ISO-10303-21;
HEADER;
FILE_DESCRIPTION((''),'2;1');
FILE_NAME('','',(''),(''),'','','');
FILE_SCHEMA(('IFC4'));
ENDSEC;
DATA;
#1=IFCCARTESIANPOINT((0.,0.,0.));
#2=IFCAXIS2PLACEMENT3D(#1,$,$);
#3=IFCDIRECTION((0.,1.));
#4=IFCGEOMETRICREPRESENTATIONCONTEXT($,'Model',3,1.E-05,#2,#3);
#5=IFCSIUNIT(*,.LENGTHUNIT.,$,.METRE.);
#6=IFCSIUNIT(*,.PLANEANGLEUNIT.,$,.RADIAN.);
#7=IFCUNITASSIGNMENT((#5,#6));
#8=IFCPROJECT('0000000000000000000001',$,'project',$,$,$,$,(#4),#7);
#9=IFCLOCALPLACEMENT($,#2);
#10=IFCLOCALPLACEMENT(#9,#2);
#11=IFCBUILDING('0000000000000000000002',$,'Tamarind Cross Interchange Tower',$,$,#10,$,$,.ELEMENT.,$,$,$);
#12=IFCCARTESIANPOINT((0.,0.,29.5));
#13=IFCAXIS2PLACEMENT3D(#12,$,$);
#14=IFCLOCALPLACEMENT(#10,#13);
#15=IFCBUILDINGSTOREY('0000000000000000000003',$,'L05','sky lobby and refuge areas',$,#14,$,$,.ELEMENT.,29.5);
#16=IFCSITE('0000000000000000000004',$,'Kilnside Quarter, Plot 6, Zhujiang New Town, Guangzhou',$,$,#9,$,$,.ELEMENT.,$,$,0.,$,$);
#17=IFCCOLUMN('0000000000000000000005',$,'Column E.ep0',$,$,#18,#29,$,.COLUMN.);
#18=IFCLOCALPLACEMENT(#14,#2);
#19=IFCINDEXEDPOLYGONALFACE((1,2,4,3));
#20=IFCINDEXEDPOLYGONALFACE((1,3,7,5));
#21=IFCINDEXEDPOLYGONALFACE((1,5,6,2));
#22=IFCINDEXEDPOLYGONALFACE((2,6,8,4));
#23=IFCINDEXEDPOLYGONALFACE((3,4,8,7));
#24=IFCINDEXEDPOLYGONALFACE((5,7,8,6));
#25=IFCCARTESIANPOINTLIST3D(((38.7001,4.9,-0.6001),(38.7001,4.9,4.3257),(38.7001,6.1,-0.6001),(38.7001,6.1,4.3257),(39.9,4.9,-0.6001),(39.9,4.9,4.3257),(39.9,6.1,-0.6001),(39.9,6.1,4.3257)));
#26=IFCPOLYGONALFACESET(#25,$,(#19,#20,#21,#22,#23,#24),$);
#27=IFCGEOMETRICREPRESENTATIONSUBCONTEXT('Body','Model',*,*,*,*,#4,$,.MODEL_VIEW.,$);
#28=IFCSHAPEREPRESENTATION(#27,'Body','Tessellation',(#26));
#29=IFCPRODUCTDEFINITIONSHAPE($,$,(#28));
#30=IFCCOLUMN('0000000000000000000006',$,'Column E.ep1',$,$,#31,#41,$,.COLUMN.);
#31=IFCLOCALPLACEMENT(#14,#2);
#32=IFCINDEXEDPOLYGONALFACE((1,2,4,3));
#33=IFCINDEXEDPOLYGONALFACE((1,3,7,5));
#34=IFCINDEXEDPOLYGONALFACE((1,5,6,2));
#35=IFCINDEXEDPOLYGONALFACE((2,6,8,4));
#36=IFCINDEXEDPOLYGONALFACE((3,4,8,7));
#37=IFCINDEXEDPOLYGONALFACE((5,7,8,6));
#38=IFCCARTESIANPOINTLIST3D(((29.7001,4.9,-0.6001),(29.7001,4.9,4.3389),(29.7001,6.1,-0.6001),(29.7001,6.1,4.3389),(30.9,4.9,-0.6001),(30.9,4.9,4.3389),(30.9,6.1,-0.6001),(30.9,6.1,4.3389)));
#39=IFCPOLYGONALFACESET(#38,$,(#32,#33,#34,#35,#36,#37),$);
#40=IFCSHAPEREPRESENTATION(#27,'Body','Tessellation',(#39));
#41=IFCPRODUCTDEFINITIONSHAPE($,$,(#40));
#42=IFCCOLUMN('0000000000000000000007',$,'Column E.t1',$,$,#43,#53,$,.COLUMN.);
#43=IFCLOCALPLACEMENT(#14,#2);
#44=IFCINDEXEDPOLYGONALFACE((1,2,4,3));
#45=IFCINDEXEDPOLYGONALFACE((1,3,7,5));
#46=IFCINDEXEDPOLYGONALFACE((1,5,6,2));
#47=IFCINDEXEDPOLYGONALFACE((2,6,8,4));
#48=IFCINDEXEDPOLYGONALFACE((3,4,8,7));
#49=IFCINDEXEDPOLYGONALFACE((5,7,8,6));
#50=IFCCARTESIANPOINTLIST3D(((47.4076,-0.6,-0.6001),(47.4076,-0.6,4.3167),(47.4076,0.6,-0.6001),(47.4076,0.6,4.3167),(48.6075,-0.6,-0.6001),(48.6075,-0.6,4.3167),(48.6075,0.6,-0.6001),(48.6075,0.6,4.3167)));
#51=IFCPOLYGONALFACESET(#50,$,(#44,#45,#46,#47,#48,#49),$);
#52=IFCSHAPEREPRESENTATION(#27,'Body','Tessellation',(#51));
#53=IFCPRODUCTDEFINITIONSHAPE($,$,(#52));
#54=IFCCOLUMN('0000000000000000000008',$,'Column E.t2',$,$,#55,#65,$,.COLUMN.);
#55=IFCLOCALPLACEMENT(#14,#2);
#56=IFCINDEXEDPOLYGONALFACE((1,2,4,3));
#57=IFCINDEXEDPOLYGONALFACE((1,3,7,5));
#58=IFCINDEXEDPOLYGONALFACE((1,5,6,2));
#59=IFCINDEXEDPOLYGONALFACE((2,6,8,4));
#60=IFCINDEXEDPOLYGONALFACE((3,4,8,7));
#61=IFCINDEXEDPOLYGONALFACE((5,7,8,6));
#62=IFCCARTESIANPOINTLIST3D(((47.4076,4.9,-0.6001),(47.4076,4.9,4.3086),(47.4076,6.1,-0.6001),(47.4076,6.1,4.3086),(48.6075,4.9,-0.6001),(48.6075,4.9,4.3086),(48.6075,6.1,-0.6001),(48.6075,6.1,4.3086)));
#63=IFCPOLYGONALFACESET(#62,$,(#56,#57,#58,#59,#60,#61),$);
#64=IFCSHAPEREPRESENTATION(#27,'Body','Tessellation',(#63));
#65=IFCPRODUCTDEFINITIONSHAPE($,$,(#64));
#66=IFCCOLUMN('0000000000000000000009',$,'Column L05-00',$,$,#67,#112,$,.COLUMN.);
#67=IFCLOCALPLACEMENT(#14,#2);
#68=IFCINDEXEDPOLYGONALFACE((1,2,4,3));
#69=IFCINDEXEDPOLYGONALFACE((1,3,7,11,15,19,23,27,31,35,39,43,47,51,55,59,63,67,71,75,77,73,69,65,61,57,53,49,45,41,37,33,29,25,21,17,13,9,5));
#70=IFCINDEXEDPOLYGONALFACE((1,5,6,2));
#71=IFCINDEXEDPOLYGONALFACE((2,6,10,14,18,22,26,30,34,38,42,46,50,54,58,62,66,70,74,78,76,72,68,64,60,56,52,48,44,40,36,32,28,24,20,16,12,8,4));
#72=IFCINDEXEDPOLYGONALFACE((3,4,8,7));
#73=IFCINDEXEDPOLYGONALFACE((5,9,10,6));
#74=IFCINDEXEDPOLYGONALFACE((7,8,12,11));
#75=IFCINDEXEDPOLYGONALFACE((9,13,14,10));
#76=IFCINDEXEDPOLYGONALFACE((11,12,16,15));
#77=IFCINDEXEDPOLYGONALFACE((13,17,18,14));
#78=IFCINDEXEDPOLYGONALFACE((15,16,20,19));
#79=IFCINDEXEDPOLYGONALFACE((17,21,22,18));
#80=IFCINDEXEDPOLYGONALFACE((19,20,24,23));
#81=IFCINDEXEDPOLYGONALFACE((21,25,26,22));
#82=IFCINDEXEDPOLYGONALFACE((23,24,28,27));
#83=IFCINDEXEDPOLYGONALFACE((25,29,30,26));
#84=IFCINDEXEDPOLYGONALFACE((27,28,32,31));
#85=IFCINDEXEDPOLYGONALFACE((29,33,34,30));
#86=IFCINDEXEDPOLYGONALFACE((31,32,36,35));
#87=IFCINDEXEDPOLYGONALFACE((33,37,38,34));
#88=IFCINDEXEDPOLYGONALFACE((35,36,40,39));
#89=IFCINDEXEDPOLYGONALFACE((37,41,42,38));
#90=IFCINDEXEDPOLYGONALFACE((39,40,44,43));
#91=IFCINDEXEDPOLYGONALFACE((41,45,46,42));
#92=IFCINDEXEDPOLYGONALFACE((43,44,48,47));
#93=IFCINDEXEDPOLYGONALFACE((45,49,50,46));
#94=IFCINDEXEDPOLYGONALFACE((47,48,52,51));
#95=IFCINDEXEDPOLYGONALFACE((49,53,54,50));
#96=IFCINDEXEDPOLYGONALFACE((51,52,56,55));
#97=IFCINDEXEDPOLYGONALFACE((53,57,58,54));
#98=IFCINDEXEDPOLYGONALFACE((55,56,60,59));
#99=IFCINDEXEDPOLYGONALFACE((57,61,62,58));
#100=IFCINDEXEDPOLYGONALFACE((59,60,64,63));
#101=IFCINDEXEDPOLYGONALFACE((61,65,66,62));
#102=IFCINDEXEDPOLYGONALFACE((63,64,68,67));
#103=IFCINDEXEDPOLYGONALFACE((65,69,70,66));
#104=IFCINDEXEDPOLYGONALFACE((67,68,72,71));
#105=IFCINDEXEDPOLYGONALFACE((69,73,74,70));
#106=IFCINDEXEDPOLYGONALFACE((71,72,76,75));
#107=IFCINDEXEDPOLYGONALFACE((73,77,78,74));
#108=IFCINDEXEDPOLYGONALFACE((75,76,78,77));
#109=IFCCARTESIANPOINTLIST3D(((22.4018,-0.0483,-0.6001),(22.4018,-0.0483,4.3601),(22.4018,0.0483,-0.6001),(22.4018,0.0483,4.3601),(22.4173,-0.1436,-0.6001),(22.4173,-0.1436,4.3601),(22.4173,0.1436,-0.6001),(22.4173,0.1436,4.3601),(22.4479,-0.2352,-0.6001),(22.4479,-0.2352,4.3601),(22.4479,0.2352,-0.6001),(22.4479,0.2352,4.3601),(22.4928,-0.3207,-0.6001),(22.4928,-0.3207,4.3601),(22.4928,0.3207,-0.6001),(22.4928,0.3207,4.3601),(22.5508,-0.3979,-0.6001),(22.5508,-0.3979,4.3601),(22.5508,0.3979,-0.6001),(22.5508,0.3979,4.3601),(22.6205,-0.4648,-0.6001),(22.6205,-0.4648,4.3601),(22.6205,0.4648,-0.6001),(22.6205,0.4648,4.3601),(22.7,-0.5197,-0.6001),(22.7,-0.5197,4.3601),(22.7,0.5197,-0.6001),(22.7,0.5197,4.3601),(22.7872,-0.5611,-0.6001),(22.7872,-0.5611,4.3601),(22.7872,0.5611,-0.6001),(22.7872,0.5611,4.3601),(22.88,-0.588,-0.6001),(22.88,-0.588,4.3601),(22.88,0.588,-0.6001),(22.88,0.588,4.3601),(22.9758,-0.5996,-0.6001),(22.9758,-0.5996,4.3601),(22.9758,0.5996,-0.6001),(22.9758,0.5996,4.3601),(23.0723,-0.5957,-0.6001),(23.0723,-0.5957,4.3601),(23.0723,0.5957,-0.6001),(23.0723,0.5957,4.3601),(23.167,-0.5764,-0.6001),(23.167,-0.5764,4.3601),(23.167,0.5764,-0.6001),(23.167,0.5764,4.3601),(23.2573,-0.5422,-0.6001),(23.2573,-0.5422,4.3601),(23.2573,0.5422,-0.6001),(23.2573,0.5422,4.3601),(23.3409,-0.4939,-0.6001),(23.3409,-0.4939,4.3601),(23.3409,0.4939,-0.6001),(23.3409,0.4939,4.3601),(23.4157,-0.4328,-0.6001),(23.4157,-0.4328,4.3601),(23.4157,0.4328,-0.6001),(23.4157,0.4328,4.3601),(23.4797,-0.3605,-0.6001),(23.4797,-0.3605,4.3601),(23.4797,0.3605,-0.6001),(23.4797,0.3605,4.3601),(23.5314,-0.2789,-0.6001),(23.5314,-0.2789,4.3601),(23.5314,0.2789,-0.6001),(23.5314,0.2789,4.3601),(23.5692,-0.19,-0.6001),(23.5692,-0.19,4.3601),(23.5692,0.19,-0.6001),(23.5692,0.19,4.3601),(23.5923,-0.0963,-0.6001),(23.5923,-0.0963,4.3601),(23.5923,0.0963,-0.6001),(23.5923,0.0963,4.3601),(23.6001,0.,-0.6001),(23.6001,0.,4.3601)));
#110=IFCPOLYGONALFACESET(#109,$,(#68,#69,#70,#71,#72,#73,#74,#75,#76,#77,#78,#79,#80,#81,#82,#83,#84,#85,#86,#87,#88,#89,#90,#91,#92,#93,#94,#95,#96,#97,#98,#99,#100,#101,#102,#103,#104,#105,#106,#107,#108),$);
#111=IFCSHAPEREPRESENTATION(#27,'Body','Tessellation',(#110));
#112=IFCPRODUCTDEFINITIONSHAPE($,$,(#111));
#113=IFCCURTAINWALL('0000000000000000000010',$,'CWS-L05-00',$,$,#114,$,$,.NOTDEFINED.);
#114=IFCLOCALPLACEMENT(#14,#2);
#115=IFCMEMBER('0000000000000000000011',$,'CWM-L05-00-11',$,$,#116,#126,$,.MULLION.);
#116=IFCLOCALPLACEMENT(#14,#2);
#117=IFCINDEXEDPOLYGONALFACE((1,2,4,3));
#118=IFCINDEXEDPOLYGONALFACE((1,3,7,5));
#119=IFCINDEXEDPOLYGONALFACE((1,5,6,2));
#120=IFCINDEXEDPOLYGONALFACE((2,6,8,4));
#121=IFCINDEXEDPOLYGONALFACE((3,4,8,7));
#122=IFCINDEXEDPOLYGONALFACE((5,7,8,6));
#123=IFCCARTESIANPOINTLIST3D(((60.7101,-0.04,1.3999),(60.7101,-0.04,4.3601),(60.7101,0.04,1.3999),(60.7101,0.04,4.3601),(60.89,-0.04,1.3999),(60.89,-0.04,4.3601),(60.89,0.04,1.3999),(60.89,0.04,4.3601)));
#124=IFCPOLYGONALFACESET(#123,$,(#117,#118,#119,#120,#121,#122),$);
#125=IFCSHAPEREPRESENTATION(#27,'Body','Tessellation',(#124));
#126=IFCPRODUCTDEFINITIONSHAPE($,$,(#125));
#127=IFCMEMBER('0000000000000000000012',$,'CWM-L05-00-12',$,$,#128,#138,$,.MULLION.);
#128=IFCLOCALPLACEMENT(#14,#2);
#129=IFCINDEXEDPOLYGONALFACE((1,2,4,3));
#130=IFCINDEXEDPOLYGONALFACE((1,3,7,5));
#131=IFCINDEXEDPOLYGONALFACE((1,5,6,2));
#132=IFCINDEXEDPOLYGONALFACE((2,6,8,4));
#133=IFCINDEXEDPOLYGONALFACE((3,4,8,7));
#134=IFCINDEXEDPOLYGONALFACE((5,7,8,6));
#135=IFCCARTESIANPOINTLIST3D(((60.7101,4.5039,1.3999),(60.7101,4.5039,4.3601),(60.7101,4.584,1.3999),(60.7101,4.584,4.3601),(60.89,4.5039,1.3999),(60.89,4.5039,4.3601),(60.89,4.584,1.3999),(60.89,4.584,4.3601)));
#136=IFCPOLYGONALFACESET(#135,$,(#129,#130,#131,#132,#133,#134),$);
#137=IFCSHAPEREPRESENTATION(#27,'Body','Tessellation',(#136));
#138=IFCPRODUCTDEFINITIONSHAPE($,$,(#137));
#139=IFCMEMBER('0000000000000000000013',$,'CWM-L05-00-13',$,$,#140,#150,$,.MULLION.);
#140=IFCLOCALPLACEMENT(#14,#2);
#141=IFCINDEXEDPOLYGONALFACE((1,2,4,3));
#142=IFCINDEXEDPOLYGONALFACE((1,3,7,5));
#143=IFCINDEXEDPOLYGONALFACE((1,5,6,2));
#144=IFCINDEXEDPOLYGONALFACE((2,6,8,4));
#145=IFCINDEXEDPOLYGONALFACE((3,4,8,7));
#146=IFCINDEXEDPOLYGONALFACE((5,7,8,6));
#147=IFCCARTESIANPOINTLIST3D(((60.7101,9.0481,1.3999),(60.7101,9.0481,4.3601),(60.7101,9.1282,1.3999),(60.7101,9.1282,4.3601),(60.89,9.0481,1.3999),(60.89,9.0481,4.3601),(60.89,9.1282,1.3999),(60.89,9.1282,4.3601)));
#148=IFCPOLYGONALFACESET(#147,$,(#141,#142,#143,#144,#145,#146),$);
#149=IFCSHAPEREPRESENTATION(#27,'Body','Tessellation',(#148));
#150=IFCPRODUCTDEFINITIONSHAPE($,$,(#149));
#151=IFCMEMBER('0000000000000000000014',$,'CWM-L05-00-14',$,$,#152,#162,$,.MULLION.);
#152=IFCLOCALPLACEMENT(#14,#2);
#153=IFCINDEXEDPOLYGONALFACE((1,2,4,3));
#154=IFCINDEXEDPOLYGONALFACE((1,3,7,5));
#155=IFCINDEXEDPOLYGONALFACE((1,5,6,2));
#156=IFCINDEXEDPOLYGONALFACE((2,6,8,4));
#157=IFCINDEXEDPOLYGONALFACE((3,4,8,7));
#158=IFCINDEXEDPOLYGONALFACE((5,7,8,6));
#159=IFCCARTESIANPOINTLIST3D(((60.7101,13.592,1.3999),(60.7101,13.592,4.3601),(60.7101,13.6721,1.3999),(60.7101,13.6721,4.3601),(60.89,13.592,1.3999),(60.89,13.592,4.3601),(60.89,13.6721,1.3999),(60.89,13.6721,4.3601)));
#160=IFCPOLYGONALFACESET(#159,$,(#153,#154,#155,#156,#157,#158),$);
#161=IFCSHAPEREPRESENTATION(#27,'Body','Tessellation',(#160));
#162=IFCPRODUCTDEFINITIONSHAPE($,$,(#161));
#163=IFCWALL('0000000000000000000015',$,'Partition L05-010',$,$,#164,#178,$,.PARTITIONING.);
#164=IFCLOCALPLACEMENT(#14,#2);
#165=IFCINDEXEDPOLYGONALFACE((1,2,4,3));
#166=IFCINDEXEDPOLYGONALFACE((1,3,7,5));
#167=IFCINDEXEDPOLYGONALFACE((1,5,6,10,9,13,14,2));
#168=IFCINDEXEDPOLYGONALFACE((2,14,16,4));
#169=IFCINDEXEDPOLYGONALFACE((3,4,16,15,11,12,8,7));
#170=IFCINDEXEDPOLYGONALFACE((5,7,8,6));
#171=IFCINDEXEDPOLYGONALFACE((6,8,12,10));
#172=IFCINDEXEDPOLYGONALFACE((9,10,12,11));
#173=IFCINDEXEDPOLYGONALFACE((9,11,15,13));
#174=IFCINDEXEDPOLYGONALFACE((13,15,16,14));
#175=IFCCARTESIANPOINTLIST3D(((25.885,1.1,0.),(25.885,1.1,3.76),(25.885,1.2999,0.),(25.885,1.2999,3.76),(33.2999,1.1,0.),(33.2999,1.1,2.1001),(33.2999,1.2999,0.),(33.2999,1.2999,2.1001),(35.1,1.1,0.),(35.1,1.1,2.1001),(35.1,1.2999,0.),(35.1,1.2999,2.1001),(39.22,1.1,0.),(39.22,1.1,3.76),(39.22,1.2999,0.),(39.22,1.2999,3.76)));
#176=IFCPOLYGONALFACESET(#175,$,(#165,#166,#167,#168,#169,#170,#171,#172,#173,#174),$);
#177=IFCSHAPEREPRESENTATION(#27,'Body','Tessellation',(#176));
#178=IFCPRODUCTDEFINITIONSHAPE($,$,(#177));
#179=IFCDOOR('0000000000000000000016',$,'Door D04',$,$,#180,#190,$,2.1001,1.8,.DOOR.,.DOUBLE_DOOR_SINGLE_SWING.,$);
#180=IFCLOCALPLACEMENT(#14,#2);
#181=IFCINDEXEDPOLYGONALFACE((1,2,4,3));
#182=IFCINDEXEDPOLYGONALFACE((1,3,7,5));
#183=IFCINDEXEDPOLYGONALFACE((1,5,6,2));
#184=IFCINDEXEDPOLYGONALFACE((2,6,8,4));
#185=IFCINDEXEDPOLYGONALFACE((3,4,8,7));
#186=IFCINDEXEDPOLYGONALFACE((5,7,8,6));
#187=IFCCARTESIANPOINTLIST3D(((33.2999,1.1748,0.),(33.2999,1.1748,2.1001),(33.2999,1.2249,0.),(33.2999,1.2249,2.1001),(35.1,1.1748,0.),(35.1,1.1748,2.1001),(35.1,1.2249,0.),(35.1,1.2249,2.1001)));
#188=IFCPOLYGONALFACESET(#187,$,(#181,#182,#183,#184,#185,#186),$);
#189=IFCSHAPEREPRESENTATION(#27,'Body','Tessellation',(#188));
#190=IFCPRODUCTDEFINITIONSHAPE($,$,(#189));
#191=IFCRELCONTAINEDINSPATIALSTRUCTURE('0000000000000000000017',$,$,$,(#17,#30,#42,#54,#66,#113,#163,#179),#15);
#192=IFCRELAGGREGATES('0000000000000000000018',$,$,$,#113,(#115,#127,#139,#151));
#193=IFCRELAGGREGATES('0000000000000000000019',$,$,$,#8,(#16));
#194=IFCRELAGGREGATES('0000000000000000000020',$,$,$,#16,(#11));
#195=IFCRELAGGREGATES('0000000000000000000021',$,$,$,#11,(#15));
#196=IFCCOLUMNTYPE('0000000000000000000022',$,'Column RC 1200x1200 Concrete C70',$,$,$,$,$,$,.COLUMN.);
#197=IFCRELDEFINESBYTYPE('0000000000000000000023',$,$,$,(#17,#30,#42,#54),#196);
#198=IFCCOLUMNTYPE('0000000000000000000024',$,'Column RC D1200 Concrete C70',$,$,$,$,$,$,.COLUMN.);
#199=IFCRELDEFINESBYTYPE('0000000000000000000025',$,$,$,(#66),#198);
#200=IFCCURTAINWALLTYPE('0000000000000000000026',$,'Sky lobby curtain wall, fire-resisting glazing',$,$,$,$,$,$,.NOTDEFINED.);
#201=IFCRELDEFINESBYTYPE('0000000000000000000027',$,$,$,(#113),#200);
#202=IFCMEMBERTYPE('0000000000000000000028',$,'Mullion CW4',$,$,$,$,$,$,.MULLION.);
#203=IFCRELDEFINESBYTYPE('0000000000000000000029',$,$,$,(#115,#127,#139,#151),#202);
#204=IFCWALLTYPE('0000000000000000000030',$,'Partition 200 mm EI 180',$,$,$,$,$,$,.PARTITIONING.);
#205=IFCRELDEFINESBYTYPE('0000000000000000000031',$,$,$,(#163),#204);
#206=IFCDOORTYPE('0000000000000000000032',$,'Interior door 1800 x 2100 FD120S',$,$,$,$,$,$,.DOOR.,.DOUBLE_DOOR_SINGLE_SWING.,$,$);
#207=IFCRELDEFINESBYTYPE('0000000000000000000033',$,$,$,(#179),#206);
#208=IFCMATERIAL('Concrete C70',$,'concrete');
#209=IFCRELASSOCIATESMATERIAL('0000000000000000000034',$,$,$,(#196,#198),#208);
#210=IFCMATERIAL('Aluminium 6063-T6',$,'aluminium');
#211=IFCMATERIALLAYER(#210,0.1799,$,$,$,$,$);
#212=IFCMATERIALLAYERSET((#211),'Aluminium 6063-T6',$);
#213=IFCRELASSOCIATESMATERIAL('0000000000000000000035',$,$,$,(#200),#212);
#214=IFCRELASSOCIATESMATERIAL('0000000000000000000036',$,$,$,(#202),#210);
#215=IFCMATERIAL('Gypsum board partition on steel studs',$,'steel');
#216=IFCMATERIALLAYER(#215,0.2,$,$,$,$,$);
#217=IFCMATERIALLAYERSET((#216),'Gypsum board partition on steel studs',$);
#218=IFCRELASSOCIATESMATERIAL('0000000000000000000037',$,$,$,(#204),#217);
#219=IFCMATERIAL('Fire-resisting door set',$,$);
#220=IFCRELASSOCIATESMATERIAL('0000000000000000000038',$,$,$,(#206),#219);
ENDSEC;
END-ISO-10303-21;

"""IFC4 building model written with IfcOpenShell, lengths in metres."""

from ifc_helpers import new_model, si_unit, direction, frame, frame_2d, origin, origin_2d, place, context, subcontext, project, spatial, rectangle, circle, extrude, material, layer, layer_set, material_profile, profile_set, type_object, element, fill, aggregate, save


model = new_model("IFC4")

# Units and contexts
model_context = context("Model", 3, precision=1e-05, world=origin(), true_north=direction((0.0, 1.0)))
body_context = subcontext(model_context, "Body", "Model", "MODEL_VIEW")
ifc_project = project(units=[si_unit("LENGTHUNIT", "METRE"), si_unit("PLANEANGLEUNIT", "RADIAN")], contexts=[model_context])

# Site, building, storey
site_placement = place(None, origin())
site = spatial("IfcSite", under=ifc_project, at=site_placement, Name="Kilnside Quarter, Plot 6, Zhujiang New Town, Guangzhou", CompositionType="ELEMENT", RefElevation=0.0)
building_placement = place(site_placement, origin())
building = spatial("IfcBuilding", under=site, at=building_placement, Name="Tamarind Cross Interchange Tower", CompositionType="ELEMENT")
storey_placement = place(building_placement, frame((0.0, 0.0, 29.5)))
storey = spatial("IfcBuildingStorey", under=building, at=storey_placement, Name="L05", Description="sky lobby and refuge areas", CompositionType="ELEMENT", Elevation=29.5)

# Columns
ifc_material_1 = material(Name="Concrete C70", Category="concrete")
ifc_material_profile_1 = material_profile(ifc_material_1, rectangle(XDim=1.2, YDim=1.2, at=origin_2d()), Name="RC 1200x1200")
ifc_profile_set_1 = profile_set([ifc_material_profile_1], Name="Concrete C70")
column_type_1 = type_object("IfcColumnType", Name="Column RC 1200x1200 Concrete C70", PredefinedType="COLUMN", material=ifc_profile_set_1)
column_1_placement = place(storey_placement, frame((39.3, 5.5, -0.6001), z_axis=(0.0, 0.0, 1.0), x_axis=(1.0, 0.0, 0.0)))
element("IfcColumn", 1, at=column_1_placement, inside=storey, type_object=column_type_1, Name="Column E.ep0", PredefinedType="COLUMN", context=body_context, shape_type="SweptSolid", body=[
    extrude(rectangle(XDim=1.2, YDim=1.2, at=origin_2d()), origin(), (0.0, 0.0, 1.0), 4.9258),
])
column_2_placement = place(storey_placement, frame((30.3, 5.5, -0.6001), z_axis=(0.0, 0.0, 1.0), x_axis=(1.0, 0.0, 0.0)))
element("IfcColumn", 2, at=column_2_placement, inside=storey, type_object=column_type_1, Name="Column E.ep1", PredefinedType="COLUMN", context=body_context, shape_type="SweptSolid", body=[
    extrude(rectangle(XDim=1.2, YDim=1.2, at=origin_2d()), origin(), (0.0, 0.0, 1.0), 4.939),
])
column_3_placement = place(storey_placement, frame((48.0076, 0.0, -0.6001), z_axis=(0.0, 0.0, 1.0), x_axis=(1.0, 0.0, 0.0)))
element("IfcColumn", 3, at=column_3_placement, inside=storey, type_object=column_type_1, Name="Column E.t1", PredefinedType="COLUMN", context=body_context, shape_type="SweptSolid", body=[
    extrude(rectangle(XDim=1.2, YDim=1.2, at=origin_2d()), origin(), (0.0, 0.0, 1.0), 4.9167),
])
column_4_placement = place(storey_placement, frame((48.0076, 5.5, -0.6001), z_axis=(0.0, 0.0, 1.0), x_axis=(1.0, 0.0, 0.0)))
element("IfcColumn", 4, at=column_4_placement, inside=storey, type_object=column_type_1, Name="Column E.t2", PredefinedType="COLUMN", context=body_context, shape_type="SweptSolid", body=[
    extrude(rectangle(XDim=1.2, YDim=1.2, at=origin_2d()), origin(), (0.0, 0.0, 1.0), 4.9087),
])
ifc_material_profile_2 = material_profile(ifc_material_1, circle(Radius=0.6001, at=origin_2d()), Name="RC D1200")
ifc_profile_set_2 = profile_set([ifc_material_profile_2], Name="Concrete C70")
column_type_2 = type_object("IfcColumnType", Name="Column RC D1200 Concrete C70", PredefinedType="COLUMN", material=ifc_profile_set_2)
column_5_placement = place(storey_placement, frame((23.0, 0.0, -0.6001), z_axis=(0.0, 0.0, 1.0), x_axis=(1.0, 0.0, 0.0)))
element("IfcColumn", 5, at=column_5_placement, inside=storey, type_object=column_type_2, Name="Column L05-00", PredefinedType="COLUMN", context=body_context, shape_type="SweptSolid", body=[
    extrude(circle(Radius=0.6001, at=origin_2d()), origin(), (0.0, 0.0, 1.0), 4.9602),
])

# Curtain wall, members
ifc_material_2 = material(Name="Aluminium 6063-T6", Category="aluminium")
ifc_layer_1 = layer(ifc_material_2, 0.1799)
ifc_layer_set_1 = layer_set([ifc_layer_1], Name="Aluminium 6063-T6")
curtain_wall_type = type_object("IfcCurtainWallType", Name="Sky lobby curtain wall, fire-resisting glazing", PredefinedType="NOTDEFINED", material=ifc_layer_set_1)
curtain_wall_placement = place(storey_placement, origin())
curtain_wall = element("IfcCurtainWall", 6, at=curtain_wall_placement, inside=storey, type_object=curtain_wall_type, Name="CWS-L05-00", PredefinedType="NOTDEFINED")
ifc_material_profile_3 = material_profile(ifc_material_2, rectangle(XDim=0.0801, YDim=0.1799, at=origin_2d()), Name="Mullion CW4")
ifc_profile_set_3 = profile_set([ifc_material_profile_3], Name="Aluminium 6063-T6")
member_type = type_object("IfcMemberType", Name="Mullion CW4", PredefinedType="MULLION", material=ifc_profile_set_3)
member_1_placement = place(storey_placement, frame((60.8, 0.0, 1.3999), z_axis=(0.0, 0.0, 1.0), x_axis=(0.0, 1.0, 0.0)))
member_1 = element("IfcMember", 7, at=member_1_placement, type_object=member_type, Name="CWM-L05-00-11", PredefinedType="MULLION", context=body_context, shape_type="SweptSolid", body=[
    extrude(rectangle(XDim=0.0801, YDim=0.1799, at=origin_2d()), origin(), (0.0, 0.0, 1.0), 2.9602),
])
member_2_placement = place(storey_placement, frame((60.8, 4.5439, 1.3999), z_axis=(0.0, 0.0, 1.0), x_axis=(0.0, 1.0, 0.0)))
member_2 = element("IfcMember", 8, at=member_2_placement, type_object=member_type, Name="CWM-L05-00-12", PredefinedType="MULLION", context=body_context, shape_type="SweptSolid", body=[
    extrude(rectangle(XDim=0.0801, YDim=0.1799, at=origin_2d()), origin(), (0.0, 0.0, 1.0), 2.9602),
])
member_3_placement = place(storey_placement, frame((60.8, 9.0881, 1.3999), z_axis=(0.0, 0.0, 1.0), x_axis=(0.0, 1.0, 0.0)))
member_3 = element("IfcMember", 9, at=member_3_placement, type_object=member_type, Name="CWM-L05-00-13", PredefinedType="MULLION", context=body_context, shape_type="SweptSolid", body=[
    extrude(rectangle(XDim=0.0801, YDim=0.1799, at=origin_2d()), origin(), (0.0, 0.0, 1.0), 2.9602),
])
member_4_placement = place(storey_placement, frame((60.8, 13.6321, 1.3999), z_axis=(0.0, 0.0, 1.0), x_axis=(0.0, 1.0, 0.0)))
member_4 = element("IfcMember", 10, at=member_4_placement, type_object=member_type, Name="CWM-L05-00-14", PredefinedType="MULLION", context=body_context, shape_type="SweptSolid", body=[
    extrude(rectangle(XDim=0.0801, YDim=0.1799, at=origin_2d()), origin(), (0.0, 0.0, 1.0), 2.9602),
])
aggregate(curtain_wall, [member_1, member_2, member_3, member_4])

# Wall, opening, door
ifc_material_3 = material(Name="Gypsum board partition on steel studs", Category="steel")
ifc_layer_2 = layer(ifc_material_3, 0.2)
ifc_layer_set_2 = layer_set([ifc_layer_2], Name="Gypsum board partition on steel studs")
wall_type_1 = type_object("IfcWallType", Name="Partition 200 mm EI 180", PredefinedType="PARTITIONING", material=ifc_layer_set_2)
wall_1_placement = place(storey_placement, frame((25.885, 1.2, 0.0), z_axis=(0.0, 0.0, 1.0), x_axis=(1.0, 0.0, 0.0)))
wall_1 = element("IfcWall", 11, at=wall_1_placement, inside=storey, type_object=wall_type_1, Name="Partition L05-010", PredefinedType="PARTITIONING", context=body_context, shape_type="SweptSolid", body=[
    extrude(rectangle(XDim=13.335, YDim=0.2, at=frame_2d((6.6675, 0.0))), origin(), (0.0, 0.0, 1.0), 3.76),
])
opening_1_placement = place(wall_1_placement, frame((7.415, 0.0, 0.0)))
opening_1 = element("IfcOpeningElement", 12, at=opening_1_placement, cuts=wall_1, PredefinedType="OPENING", context=body_context, shape_type="SweptSolid", body=[
    extrude(rectangle(XDim=1.8, YDim=2.1001, at=frame_2d((0.8999, 1.05))), frame((0.0, 0.1099, 0.0), z_axis=(0.0, -1.0, 0.0), x_axis=(1.0, 0.0, 0.0)), (0.0, 0.0, 1.0), 0.22),
])
ifc_material_4 = material(Name="Fire-resisting door set")
door_type = type_object("IfcDoorType", Name="Interior door 1800 x 2100 FD120S", OperationType="DOUBLE_DOOR_SINGLE_SWING", PredefinedType="DOOR", material=ifc_material_4)
door_placement = place(opening_1_placement, origin())
door = element("IfcDoor", 13, at=door_placement, inside=storey, type_object=door_type, Name="Door D04", OperationType="DOUBLE_DOOR_SINGLE_SWING", OverallHeight=2.1001, OverallWidth=1.8, PredefinedType="DOOR", context=body_context, shape_type="SweptSolid", body=[
    extrude(rectangle(XDim=1.8, YDim=2.1001, at=frame_2d((0.8999, 1.05))), frame((0.0, 0.0249, 0.0), z_axis=(0.0, -1.0, 0.0), x_axis=(1.0, 0.0, 0.0)), (0.0, 0.0, 1.0), 0.05),
])
fill(opening_1, door)

save(model, "model.ifc")
